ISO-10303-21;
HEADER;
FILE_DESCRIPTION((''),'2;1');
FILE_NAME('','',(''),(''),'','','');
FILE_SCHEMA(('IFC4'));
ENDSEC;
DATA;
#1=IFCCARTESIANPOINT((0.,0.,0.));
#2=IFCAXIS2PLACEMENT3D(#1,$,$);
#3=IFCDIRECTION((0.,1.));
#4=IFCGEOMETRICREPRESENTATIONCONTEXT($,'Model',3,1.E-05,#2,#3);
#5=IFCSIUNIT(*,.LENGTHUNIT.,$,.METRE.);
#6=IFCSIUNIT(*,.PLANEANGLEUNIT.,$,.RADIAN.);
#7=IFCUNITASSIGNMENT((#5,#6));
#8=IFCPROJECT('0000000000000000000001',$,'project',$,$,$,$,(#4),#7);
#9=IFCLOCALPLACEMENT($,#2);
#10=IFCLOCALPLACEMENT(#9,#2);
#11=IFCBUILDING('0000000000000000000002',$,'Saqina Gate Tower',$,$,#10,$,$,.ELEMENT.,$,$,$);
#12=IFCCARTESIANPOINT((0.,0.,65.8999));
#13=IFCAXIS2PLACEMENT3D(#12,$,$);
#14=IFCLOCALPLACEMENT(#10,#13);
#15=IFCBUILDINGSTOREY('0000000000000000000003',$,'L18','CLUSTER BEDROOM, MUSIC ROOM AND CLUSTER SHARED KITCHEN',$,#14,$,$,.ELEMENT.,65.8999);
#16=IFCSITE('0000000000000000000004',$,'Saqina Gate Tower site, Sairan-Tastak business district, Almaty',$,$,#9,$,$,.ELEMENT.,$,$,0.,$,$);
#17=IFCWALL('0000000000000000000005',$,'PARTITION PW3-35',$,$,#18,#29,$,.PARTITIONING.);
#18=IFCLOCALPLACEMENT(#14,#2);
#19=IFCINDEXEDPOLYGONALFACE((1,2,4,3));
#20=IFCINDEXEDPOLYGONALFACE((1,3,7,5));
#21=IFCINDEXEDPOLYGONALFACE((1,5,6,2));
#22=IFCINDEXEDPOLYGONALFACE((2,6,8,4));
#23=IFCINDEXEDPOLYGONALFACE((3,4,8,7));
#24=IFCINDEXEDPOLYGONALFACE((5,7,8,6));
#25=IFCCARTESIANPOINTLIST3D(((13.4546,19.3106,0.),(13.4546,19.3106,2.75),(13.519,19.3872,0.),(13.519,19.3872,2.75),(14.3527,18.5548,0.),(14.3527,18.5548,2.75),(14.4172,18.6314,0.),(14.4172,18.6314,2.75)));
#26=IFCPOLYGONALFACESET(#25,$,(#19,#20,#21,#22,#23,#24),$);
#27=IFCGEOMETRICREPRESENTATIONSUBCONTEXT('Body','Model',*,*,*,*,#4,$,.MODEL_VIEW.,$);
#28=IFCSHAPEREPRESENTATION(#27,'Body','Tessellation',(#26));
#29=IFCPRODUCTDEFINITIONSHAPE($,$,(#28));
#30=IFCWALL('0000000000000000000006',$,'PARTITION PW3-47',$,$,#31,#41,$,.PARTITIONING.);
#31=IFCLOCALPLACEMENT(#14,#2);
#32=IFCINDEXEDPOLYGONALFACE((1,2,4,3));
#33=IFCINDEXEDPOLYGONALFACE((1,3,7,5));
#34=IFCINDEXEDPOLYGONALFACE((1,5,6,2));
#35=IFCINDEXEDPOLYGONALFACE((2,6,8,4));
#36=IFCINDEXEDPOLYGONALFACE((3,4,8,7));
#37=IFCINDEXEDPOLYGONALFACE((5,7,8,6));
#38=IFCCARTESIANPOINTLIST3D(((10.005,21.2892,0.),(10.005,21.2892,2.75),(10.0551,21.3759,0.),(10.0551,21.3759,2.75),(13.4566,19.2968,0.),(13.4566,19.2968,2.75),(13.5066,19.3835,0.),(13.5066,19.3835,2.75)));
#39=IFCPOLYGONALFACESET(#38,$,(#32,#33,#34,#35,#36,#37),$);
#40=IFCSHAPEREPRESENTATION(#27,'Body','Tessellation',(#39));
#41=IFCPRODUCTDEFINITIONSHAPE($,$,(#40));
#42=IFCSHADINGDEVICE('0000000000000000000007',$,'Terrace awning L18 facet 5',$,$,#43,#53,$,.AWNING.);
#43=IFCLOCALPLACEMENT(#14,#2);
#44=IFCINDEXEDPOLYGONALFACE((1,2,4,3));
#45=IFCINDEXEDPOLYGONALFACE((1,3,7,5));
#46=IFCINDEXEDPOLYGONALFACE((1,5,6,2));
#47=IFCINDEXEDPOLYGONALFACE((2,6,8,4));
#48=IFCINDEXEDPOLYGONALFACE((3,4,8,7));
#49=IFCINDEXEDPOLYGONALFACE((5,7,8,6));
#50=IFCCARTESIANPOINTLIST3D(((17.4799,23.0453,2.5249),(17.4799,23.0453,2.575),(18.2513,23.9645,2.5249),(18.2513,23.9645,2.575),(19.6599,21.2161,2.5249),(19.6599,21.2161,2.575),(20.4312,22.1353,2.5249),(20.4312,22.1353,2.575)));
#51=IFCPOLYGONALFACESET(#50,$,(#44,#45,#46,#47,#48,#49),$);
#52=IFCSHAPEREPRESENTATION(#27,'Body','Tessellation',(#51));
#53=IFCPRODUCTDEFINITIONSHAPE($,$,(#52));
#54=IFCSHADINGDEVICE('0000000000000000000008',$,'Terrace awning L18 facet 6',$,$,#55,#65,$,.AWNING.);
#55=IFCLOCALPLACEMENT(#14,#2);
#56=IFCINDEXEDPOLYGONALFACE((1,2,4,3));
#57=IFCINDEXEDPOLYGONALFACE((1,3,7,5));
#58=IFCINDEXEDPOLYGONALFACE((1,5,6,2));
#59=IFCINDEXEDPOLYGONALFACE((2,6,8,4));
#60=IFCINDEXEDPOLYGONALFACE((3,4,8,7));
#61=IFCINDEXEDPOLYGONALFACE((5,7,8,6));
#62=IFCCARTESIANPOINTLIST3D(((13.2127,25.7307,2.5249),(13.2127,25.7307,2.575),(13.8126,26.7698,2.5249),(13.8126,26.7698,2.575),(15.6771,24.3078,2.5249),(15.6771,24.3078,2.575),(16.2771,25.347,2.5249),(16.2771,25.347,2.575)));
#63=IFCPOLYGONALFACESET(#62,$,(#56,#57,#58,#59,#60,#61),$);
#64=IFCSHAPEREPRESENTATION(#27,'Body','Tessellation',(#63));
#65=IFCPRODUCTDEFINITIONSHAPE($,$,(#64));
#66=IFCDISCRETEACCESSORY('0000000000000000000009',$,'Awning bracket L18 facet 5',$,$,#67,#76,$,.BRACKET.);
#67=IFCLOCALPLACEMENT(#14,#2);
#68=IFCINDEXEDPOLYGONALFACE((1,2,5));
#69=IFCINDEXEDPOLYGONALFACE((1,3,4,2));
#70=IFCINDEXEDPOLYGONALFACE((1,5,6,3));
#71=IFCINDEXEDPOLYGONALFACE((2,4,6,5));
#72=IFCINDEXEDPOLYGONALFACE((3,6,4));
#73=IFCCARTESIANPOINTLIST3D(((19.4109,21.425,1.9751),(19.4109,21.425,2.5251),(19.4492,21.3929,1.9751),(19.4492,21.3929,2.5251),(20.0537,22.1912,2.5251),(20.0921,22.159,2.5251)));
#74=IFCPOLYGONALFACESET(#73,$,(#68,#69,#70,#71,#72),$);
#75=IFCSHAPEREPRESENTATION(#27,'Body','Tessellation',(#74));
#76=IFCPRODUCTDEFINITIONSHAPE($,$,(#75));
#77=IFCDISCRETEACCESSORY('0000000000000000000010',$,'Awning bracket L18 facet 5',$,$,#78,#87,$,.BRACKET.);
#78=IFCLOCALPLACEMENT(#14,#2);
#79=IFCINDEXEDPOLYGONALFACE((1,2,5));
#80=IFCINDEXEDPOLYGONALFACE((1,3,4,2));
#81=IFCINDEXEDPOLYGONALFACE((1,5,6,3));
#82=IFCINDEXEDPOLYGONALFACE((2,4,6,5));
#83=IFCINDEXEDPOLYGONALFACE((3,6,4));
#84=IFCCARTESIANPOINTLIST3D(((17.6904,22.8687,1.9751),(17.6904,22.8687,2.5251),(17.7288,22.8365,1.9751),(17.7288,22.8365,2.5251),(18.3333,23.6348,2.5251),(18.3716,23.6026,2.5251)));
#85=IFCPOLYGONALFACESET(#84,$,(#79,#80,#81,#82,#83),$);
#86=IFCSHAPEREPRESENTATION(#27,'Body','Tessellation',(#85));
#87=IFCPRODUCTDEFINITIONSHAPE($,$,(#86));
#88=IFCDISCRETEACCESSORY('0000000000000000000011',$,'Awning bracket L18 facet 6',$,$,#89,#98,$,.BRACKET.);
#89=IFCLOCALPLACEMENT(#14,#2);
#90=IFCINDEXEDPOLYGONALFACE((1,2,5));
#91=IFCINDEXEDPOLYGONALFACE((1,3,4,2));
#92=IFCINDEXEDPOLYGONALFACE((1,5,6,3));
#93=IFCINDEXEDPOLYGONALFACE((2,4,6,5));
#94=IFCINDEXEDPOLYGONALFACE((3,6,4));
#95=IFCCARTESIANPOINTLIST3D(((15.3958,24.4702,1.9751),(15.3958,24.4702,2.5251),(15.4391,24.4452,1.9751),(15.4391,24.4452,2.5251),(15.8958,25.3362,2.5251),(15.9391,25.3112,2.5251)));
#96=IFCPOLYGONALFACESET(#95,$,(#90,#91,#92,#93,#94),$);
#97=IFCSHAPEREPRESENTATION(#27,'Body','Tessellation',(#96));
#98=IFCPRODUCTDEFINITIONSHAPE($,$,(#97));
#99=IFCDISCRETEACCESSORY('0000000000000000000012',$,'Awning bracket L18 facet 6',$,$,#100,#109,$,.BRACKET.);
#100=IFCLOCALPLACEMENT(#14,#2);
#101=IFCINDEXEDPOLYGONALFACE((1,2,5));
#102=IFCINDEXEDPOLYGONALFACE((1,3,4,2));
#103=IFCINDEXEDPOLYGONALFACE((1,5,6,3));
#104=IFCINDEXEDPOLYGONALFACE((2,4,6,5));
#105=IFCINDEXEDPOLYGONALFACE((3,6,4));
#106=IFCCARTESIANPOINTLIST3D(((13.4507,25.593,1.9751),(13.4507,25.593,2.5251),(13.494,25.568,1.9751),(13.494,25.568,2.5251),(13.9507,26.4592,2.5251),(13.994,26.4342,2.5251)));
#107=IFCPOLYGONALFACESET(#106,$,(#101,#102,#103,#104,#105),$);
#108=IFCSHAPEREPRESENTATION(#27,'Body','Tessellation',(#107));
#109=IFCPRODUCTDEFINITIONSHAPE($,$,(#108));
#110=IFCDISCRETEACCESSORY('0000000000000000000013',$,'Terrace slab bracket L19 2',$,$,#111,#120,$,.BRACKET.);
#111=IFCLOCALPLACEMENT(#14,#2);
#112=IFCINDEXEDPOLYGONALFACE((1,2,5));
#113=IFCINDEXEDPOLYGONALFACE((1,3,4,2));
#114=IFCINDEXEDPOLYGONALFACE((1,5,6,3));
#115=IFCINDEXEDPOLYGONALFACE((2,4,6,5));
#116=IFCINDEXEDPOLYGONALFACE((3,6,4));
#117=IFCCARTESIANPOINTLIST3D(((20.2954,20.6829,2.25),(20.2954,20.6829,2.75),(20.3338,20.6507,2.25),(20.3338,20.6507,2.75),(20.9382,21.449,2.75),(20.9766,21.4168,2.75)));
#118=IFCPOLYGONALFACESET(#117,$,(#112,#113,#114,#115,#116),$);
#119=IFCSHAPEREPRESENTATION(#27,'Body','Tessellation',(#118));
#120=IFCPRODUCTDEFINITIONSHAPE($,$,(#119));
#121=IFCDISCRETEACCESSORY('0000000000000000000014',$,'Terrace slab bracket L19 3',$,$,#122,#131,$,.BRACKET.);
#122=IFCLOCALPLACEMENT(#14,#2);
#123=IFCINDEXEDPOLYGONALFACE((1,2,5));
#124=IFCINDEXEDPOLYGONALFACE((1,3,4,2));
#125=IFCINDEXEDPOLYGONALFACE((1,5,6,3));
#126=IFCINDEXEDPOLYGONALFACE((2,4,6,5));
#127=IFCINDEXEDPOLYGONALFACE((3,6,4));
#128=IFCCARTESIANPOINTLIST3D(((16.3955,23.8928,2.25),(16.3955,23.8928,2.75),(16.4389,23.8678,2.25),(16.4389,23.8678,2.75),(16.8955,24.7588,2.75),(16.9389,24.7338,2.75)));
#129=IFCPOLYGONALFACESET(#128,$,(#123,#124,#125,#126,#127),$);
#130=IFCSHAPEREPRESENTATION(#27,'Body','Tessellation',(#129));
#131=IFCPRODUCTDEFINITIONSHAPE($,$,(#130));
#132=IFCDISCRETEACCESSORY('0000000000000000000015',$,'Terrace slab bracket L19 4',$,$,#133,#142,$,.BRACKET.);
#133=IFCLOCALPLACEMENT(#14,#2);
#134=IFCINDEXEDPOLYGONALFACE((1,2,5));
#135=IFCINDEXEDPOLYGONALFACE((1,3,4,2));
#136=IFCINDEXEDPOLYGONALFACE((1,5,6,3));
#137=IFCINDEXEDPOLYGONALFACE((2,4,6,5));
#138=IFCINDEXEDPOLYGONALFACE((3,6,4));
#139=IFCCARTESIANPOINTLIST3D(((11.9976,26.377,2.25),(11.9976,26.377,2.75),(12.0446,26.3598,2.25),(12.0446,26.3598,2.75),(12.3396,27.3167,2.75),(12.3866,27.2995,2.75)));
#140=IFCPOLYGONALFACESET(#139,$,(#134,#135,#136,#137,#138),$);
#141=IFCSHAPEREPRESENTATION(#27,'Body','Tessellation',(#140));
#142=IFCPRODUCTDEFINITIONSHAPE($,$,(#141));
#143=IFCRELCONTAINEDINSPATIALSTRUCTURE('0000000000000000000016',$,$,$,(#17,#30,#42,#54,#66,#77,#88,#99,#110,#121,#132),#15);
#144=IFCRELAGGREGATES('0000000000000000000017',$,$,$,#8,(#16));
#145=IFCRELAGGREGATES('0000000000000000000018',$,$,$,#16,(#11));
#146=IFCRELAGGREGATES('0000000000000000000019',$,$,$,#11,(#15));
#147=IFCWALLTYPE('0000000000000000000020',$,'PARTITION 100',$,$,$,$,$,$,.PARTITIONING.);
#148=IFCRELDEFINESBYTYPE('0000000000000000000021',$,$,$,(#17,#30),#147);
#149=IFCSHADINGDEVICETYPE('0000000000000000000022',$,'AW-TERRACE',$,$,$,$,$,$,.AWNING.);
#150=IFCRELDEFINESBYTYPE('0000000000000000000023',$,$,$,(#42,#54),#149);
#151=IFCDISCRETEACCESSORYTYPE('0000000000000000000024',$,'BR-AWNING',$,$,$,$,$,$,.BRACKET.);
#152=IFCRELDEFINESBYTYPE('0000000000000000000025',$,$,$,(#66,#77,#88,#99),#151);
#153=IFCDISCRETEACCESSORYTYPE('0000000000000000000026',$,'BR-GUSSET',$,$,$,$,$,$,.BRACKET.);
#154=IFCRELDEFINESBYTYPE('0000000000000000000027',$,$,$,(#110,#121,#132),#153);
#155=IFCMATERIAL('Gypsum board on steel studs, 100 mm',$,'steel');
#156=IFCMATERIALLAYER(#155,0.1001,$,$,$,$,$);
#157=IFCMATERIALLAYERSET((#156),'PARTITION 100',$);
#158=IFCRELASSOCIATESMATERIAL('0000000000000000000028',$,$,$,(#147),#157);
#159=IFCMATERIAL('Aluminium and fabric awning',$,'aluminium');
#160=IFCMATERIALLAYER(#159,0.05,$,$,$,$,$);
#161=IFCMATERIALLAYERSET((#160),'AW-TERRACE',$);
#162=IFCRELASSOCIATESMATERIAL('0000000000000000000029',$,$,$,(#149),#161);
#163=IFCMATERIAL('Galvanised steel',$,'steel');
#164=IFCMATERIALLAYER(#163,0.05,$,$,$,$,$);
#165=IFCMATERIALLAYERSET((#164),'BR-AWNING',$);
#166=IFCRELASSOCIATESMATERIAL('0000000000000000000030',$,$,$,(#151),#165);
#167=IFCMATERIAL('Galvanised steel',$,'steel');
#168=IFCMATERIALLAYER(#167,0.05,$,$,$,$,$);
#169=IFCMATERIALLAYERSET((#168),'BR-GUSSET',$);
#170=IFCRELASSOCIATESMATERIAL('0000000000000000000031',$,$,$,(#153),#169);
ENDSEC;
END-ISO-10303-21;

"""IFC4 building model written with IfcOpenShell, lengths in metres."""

from ifc_helpers import new_model, si_unit, direction, frame, frame_2d, origin, origin_2d, place, context, subcontext, project, spatial, polyline, rectangle, outline, extrude, material, layer, layer_set, type_object, element, save


model = new_model("IFC4")

# Units and contexts
model_context = context("Model", 3, precision=1e-05, world=origin(), true_north=direction((0.0, 1.0)))
body_context = subcontext(model_context, "Body", "Model", "MODEL_VIEW")
ifc_project = project(units=[si_unit("LENGTHUNIT", "METRE"), si_unit("PLANEANGLEUNIT", "RADIAN")], contexts=[model_context])

# Site, building, storey
site_placement = place(None, origin())
site = spatial("IfcSite", under=ifc_project, at=site_placement, Name="Saqina Gate Tower site, Sairan-Tastak business district, Almaty", CompositionType="ELEMENT", RefElevation=0.0)
building_placement = place(site_placement, origin())
building = spatial("IfcBuilding", under=site, at=building_placement, Name="Saqina Gate Tower", CompositionType="ELEMENT")
storey_placement = place(building_placement, frame((0.0, 0.0, 65.8999)))
storey = spatial("IfcBuildingStorey", under=building, at=storey_placement, Name="L18", Description="CLUSTER BEDROOM, MUSIC ROOM AND CLUSTER SHARED KITCHEN", CompositionType="ELEMENT", Elevation=65.8999)

# Walls
ifc_material_1 = material(Name="Gypsum board on steel studs, 100 mm", Category="steel")
ifc_layer_1 = layer(ifc_material_1, 0.1001)
ifc_layer_set_1 = layer_set([ifc_layer_1], Name="PARTITION 100")
wall_type_1 = type_object("IfcWallType", Name="PARTITION 100", PredefinedType="PARTITIONING", material=ifc_layer_set_1)
wall_1_placement = place(storey_placement, frame((13.4868, 19.3489, 0.0), z_axis=(0.0, 0.0, 1.0), x_axis=(0.765127, -0.64388, 0.0)))
element("IfcWall", 1, at=wall_1_placement, inside=storey, type_object=wall_type_1, Name="PARTITION PW3-35", PredefinedType="PARTITIONING", context=body_context, shape_type="SweptSolid", body=[
    extrude(rectangle(XDim=1.1738, YDim=0.1001, at=frame_2d((0.5869, 0.0))), origin(), (0.0, 0.0, 1.0), 2.75),
])
wall_2_placement = place(storey_placement, frame((10.03, 21.3325, 0.0), z_axis=(0.0, 0.0, 1.0), x_axis=(0.866067, -0.499927, 0.0)))
element("IfcWall", 2, at=wall_2_placement, inside=storey, type_object=wall_type_1, Name="PARTITION PW3-47", PredefinedType="PARTITIONING", context=body_context, shape_type="SweptSolid", body=[
    extrude(rectangle(XDim=3.9854, YDim=0.1001, at=frame_2d((1.9927, 0.0))), origin(), (0.0, 0.0, 1.0), 2.75),
])

# Shading devices
ifc_material_2 = material(Name="Aluminium and fabric awning", Category="aluminium")
ifc_layer_2 = layer(ifc_material_2, 0.05)
ifc_layer_set_2 = layer_set([ifc_layer_2], Name="AW-TERRACE")
shading_device_type = type_object("IfcShadingDeviceType", Name="AW-TERRACE", PredefinedType="AWNING", material=ifc_layer_set_2)
for number, where, z_axis, x_axis, name in (
    (3, (18.9556, 22.5903, 2.5249), (0.0, 0.0, 1.0), (-0.766044, 0.642788, 0.0), "Terrace awning L18 facet 5"),
    (4, (14.7449, 25.5388, 2.5249), (0.0, 0.0, 1.0), (-0.866025, 0.5, 0.0), "Terrace awning L18 facet 6"),
):
    element("IfcShadingDevice", number, at=place(storey_placement, frame(where, z_axis=z_axis, x_axis=x_axis)), inside=storey, type_object=shading_device_type, Name=name, PredefinedType="AWNING", context=body_context, shape_type="SweptSolid", body=[
        extrude(rectangle(XDim=2.8457, YDim=1.2, at=origin_2d()), origin(), (0.0, 0.0, 1.0), 0.05),
    ])

# Discrete accessories
ifc_material_3 = material(Name="Galvanised steel", Category="steel")
ifc_layer_3 = layer(ifc_material_3, 0.05)
ifc_layer_set_3 = layer_set([ifc_layer_3], Name="BR-AWNING")
discrete_accessory_type_1 = type_object("IfcDiscreteAccessoryType", Name="BR-AWNING", PredefinedType="BRACKET", material=ifc_layer_set_3)
for number, where, z_axis, x_axis, name in (
    (5, (19.4109, 21.425, 1.9751), (-0.766056, 0.642774, 0.0), (0.0, 0.0, 1.0), "Awning bracket L18 facet 5"),
    (6, (17.6904, 22.8687, 1.9751), (-0.766056, 0.642774, 0.0), (0.0, 0.0, 1.0), "Awning bracket L18 facet 5"),
):
    element("IfcDiscreteAccessory", number, at=place(storey_placement, frame(where, z_axis=z_axis, x_axis=x_axis)), inside=storey, type_object=discrete_accessory_type_1, Name=name, PredefinedType="BRACKET", context=body_context, shape_type="SweptSolid", body=[
        extrude(outline(polyline([(0.0, 0.0), (0.55, 0.0), (0.55, 1.0001), (0.0, 0.0)])), origin(), (0.0, 0.0, -1.0), 0.05),
    ])
discrete_accessory_1_placement = place(storey_placement, frame((15.3958, 24.4702, 1.9751), z_axis=(-0.866011, 0.500025, 0.0), x_axis=(0.0, 0.0, 1.0)))
element("IfcDiscreteAccessory", 7, at=discrete_accessory_1_placement, inside=storey, type_object=discrete_accessory_type_1, Name="Awning bracket L18 facet 6", PredefinedType="BRACKET", context=body_context, shape_type="SweptSolid", body=[
    extrude(outline(polyline([(0.0, 0.0), (0.55, 0.0), (0.55, 0.9999), (0.0, 0.0)])), origin(), (0.0, 0.0, -1.0), 0.05),
])
discrete_accessory_2_placement = place(storey_placement, frame((13.4507, 25.593, 1.9751), z_axis=(-0.866072, 0.49992, 0.0), x_axis=(0.0, 0.0, 1.0)))
element("IfcDiscreteAccessory", 8, at=discrete_accessory_2_placement, inside=storey, type_object=discrete_accessory_type_1, Name="Awning bracket L18 facet 6", PredefinedType="BRACKET", context=body_context, shape_type="SweptSolid", body=[
    extrude(outline(polyline([(0.0, 0.0), (0.55, 0.0), (0.55, 1.0002), (0.0, 0.0)])), origin(), (0.0, 0.0, -1.0), 0.05),
])
ifc_material_4 = material(Name="Galvanised steel", Category="steel")
ifc_layer_4 = layer(ifc_material_4, 0.05)
ifc_layer_set_4 = layer_set([ifc_layer_4], Name="BR-GUSSET")
discrete_accessory_type_2 = type_object("IfcDiscreteAccessoryType", Name="BR-GUSSET", PredefinedType="BRACKET", material=ifc_layer_set_4)
discrete_accessory_3_placement = place(storey_placement, frame((20.2954, 20.6829, 2.25), z_axis=(-0.766056, 0.642774, 0.0), x_axis=(0.0, 0.0, 1.0)))
element("IfcDiscreteAccessory", 9, at=discrete_accessory_3_placement, inside=storey, type_object=discrete_accessory_type_2, Name="Terrace slab bracket L19 2", PredefinedType="BRACKET", context=body_context, shape_type="SweptSolid", body=[
    extrude(outline(polyline([(0.0, 0.0), (0.5, 0.0), (0.5, 1.0001), (0.0, 0.0)])), origin(), (0.0, 0.0, -1.0), 0.05),
])
discrete_accessory_4_placement = place(storey_placement, frame((16.3955, 23.8928, 2.25), z_axis=(-0.866011, 0.500025, 0.0), x_axis=(0.0, 0.0, 1.0)))
element("IfcDiscreteAccessory", 10, at=discrete_accessory_4_placement, inside=storey, type_object=discrete_accessory_type_2, Name="Terrace slab bracket L19 3", PredefinedType="BRACKET", context=body_context, shape_type="SweptSolid", body=[
    extrude(outline(polyline([(0.0, 0.0), (0.5, 0.0), (0.5, 0.9999), (0.0, 0.0)])), origin(), (0.0, 0.0, -1.0), 0.05),
])
discrete_accessory_5_placement = place(storey_placement, frame((11.9976, 26.377, 2.25), z_axis=(-0.939686, 0.342037, 0.0), x_axis=(0.0, 0.0, 1.0)))
element("IfcDiscreteAccessory", 11, at=discrete_accessory_5_placement, inside=storey, type_object=discrete_accessory_type_2, Name="Terrace slab bracket L19 4", PredefinedType="BRACKET", context=body_context, shape_type="SweptSolid", body=[
    extrude(outline(polyline([(0.0, 0.0), (0.5, 0.0), (0.5, 1.0), (0.0, 0.0)])), origin(), (0.0, 0.0, -1.0), 0.05),
])

save(model, "model.ifc")
